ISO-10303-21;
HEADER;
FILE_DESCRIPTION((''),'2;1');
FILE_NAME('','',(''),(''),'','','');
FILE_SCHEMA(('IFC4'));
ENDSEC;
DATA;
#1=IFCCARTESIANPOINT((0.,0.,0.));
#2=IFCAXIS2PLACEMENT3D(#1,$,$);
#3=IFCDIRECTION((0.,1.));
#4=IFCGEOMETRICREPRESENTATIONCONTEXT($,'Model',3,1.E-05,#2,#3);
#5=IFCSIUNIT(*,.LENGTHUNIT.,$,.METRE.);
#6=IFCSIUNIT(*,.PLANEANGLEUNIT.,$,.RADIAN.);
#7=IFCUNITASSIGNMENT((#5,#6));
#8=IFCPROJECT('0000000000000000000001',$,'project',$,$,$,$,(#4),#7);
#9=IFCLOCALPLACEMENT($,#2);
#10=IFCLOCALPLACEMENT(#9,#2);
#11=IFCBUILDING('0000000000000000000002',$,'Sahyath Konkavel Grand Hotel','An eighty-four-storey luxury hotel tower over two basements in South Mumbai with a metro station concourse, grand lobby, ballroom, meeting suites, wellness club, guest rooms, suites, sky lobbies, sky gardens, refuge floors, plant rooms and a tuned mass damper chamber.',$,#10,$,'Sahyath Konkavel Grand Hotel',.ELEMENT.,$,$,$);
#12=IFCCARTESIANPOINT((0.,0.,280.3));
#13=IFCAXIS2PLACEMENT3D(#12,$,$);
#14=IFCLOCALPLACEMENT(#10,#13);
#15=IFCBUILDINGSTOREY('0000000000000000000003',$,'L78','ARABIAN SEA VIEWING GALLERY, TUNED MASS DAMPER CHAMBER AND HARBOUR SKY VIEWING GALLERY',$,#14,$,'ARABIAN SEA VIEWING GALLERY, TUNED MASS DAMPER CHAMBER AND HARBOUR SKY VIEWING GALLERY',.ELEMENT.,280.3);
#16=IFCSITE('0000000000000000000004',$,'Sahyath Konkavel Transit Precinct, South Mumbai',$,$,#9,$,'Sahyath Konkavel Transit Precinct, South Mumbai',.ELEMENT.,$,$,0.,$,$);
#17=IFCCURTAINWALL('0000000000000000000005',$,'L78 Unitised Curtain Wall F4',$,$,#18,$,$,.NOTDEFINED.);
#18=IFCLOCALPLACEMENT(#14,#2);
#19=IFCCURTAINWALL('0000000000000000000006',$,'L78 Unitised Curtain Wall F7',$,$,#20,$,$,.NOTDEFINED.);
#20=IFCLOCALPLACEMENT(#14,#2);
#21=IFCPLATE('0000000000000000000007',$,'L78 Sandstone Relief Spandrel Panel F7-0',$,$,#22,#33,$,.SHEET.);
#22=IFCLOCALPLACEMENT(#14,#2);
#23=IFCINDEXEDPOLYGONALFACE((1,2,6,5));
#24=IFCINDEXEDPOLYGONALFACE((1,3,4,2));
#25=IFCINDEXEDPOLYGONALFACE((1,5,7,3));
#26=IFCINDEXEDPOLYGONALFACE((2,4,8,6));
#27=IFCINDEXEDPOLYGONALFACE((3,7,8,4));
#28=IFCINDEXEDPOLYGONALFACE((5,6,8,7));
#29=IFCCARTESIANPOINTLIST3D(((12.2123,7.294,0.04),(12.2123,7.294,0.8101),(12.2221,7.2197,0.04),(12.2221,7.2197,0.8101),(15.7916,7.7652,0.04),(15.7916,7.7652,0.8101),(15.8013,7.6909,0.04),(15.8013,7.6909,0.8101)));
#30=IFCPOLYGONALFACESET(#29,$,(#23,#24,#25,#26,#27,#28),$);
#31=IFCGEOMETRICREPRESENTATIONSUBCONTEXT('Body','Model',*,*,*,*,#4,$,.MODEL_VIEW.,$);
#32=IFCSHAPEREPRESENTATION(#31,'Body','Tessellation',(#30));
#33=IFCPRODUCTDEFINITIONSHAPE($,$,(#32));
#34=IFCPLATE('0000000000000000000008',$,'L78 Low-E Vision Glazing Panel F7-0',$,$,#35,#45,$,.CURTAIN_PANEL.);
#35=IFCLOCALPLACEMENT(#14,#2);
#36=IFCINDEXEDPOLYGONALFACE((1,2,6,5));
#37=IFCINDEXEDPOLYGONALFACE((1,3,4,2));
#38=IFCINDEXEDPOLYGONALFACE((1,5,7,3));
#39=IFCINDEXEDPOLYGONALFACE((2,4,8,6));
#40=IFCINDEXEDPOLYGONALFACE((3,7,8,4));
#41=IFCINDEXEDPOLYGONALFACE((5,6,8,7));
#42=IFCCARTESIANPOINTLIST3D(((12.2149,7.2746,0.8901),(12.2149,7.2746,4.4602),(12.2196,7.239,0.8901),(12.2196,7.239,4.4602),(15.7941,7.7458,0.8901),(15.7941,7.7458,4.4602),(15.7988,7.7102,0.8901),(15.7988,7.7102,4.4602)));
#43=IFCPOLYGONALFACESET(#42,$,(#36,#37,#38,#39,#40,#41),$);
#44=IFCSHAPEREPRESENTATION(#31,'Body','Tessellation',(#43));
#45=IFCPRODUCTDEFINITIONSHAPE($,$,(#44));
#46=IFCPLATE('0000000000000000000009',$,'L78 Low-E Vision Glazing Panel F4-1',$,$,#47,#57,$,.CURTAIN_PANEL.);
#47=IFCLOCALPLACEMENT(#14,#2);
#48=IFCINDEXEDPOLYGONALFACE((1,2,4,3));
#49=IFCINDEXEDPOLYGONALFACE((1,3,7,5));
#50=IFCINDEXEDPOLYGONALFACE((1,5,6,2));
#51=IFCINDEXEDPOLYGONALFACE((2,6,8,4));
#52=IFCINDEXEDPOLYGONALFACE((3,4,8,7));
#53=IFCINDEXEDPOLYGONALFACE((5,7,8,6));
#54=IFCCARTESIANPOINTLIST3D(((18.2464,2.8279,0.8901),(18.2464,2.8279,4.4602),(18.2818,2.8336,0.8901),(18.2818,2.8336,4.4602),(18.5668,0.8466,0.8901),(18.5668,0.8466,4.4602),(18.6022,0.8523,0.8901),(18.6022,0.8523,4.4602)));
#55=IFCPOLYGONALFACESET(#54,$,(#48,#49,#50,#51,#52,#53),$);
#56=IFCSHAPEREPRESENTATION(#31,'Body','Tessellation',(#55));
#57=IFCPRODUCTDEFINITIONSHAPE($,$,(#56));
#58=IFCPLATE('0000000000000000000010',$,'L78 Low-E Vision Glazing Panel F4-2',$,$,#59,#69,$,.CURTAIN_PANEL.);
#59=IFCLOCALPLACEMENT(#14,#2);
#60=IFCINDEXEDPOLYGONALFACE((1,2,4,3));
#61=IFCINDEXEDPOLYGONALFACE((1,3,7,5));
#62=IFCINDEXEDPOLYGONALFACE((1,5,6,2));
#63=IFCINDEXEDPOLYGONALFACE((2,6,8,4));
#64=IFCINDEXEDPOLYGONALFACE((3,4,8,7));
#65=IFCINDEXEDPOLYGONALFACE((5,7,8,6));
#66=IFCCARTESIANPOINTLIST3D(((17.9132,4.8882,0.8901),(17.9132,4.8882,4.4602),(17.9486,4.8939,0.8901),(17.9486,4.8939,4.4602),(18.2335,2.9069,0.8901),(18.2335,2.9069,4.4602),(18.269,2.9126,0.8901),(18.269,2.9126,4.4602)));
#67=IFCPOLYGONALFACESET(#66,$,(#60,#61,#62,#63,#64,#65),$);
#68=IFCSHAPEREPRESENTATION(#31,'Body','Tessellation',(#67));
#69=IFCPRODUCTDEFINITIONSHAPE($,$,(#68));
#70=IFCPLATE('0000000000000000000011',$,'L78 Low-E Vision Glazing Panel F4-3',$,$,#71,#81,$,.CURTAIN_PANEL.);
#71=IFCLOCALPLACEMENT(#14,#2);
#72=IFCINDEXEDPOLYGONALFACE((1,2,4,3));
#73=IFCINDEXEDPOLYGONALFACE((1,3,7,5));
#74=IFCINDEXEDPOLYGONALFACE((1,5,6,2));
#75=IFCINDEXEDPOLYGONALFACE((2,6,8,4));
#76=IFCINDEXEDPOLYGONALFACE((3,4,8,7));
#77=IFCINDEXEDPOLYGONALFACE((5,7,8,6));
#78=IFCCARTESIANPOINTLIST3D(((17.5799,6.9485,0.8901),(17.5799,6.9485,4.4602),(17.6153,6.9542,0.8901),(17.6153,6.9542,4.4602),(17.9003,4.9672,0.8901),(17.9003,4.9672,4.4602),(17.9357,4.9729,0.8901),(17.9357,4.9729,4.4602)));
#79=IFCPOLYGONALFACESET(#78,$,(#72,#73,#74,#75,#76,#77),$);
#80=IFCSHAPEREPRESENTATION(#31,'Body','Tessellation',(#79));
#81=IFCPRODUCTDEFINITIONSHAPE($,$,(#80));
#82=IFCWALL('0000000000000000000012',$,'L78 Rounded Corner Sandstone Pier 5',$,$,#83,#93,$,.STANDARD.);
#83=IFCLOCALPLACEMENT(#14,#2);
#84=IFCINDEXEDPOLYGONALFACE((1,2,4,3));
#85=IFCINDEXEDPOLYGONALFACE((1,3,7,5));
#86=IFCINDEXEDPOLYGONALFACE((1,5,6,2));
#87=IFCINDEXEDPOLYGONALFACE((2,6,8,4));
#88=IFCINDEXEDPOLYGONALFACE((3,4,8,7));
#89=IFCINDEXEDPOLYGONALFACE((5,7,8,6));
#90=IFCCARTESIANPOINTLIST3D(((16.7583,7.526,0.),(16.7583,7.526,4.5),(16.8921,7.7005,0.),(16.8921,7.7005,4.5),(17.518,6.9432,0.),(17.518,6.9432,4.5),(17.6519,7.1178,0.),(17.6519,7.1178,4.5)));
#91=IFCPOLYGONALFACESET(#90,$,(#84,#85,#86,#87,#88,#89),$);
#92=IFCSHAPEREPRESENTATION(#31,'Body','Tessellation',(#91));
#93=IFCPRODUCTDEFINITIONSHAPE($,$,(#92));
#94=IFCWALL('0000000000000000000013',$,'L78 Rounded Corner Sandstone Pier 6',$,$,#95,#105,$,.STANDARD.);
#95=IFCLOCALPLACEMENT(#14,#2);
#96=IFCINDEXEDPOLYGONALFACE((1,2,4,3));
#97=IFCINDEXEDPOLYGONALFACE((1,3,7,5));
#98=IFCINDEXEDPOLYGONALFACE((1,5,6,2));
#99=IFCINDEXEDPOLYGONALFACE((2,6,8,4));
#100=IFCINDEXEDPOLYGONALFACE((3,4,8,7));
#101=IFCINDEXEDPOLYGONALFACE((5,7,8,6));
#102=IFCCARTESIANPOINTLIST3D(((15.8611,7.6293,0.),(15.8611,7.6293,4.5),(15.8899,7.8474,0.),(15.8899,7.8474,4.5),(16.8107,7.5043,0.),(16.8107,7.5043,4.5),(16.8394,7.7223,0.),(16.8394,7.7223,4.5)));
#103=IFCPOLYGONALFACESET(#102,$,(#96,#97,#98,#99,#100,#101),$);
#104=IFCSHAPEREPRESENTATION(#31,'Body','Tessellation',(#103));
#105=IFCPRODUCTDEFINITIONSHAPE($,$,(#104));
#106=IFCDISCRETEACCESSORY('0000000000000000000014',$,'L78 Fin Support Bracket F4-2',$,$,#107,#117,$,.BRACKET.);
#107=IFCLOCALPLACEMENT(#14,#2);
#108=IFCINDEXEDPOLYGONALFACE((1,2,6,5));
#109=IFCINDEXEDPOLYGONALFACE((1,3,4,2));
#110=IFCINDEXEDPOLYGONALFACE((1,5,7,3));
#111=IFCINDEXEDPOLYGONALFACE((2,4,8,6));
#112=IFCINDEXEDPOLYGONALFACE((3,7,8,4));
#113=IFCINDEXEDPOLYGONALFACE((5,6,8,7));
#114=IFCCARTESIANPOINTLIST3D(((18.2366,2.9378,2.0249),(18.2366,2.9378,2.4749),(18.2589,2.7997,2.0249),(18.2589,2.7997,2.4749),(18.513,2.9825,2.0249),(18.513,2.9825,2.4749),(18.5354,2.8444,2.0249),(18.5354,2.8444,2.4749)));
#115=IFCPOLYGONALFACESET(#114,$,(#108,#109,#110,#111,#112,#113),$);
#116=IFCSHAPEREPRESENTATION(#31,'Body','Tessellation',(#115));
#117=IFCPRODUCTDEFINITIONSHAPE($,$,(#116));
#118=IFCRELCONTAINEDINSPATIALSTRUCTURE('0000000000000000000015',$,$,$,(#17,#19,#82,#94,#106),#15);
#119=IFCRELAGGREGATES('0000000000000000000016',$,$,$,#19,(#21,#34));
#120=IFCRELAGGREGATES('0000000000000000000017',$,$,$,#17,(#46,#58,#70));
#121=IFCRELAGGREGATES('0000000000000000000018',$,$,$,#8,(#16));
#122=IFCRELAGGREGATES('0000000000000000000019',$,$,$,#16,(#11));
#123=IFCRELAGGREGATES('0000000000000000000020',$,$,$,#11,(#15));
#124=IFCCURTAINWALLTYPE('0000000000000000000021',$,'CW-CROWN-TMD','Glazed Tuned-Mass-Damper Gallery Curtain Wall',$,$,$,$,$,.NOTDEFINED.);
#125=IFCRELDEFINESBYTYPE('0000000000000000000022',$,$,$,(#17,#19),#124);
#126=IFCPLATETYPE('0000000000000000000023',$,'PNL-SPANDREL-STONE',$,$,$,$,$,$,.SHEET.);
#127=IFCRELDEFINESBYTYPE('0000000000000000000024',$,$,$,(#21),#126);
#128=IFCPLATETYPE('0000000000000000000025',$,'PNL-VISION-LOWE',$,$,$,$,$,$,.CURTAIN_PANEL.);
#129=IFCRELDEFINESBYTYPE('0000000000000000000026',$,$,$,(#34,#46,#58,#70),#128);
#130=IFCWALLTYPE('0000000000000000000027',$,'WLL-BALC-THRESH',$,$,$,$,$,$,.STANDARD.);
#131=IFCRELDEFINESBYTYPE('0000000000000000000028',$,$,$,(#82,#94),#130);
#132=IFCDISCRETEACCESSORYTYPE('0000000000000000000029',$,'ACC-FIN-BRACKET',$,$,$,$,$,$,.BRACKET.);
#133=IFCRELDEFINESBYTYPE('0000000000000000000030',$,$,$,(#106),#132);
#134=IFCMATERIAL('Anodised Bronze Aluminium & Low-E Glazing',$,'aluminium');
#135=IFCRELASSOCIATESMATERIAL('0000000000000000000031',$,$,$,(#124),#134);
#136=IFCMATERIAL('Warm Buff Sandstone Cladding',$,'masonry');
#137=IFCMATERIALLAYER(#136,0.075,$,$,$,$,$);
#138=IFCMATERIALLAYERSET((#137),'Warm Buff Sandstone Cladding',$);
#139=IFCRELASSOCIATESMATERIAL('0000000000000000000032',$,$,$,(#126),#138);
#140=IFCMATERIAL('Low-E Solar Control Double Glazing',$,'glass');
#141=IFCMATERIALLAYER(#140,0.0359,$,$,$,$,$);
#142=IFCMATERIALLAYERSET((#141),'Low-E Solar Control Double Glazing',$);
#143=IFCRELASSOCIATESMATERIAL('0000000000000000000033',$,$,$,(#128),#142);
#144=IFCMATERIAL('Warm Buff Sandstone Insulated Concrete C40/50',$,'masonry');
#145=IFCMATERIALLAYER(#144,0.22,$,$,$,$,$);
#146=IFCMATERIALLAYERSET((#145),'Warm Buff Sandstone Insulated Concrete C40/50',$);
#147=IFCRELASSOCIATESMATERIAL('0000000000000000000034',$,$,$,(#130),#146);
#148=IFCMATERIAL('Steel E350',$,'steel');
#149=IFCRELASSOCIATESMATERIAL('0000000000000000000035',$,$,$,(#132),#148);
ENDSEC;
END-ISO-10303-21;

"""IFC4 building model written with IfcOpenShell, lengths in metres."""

from ifc_helpers import new_model, si_unit, direction, frame, frame_2d, origin, origin_2d, place, context, subcontext, project, spatial, rectangle, extrude, source, transform, mapped, material, layer, layer_set, type_object, element, aggregate, save


model = new_model("IFC4")

# Units and contexts
model_context = context("Model", 3, precision=1e-05, world=origin(), true_north=direction((0.0, 1.0)))
body_context = subcontext(model_context, "Body", "Model", "MODEL_VIEW")
ifc_project = project(units=[si_unit("LENGTHUNIT", "METRE"), si_unit("PLANEANGLEUNIT", "RADIAN")], contexts=[model_context])

# Site, building, storey
site_placement = place(None, origin())
site = spatial("IfcSite", under=ifc_project, at=site_placement, Name="Sahyath Konkavel Transit Precinct, South Mumbai", LongName="Sahyath Konkavel Transit Precinct, South Mumbai", CompositionType="ELEMENT", RefElevation=0.0)
building_placement = place(site_placement, origin())
building = spatial("IfcBuilding", under=site, at=building_placement, Name="Sahyath Konkavel Grand Hotel", Description="An eighty-four-storey luxury hotel tower over two basements in South Mumbai with a metro station concourse, grand lobby, ballroom, meeting suites, wellness club, guest rooms, suites, sky lobbies, sky gardens, refuge floors, plant rooms and a tuned mass damper chamber.", LongName="Sahyath Konkavel Grand Hotel", CompositionType="ELEMENT")
storey_placement = place(building_placement, frame((0.0, 0.0, 280.3)))
storey = spatial("IfcBuildingStorey", under=building, at=storey_placement, Name="L78", Description="ARABIAN SEA VIEWING GALLERY, TUNED MASS DAMPER CHAMBER AND HARBOUR SKY VIEWING GALLERY", LongName="ARABIAN SEA VIEWING GALLERY, TUNED MASS DAMPER CHAMBER AND HARBOUR SKY VIEWING GALLERY", CompositionType="ELEMENT", Elevation=280.3)

# Shared definitions
ifc_material_1 = material(Name="Steel E350", Category="steel")

# Curtain wall
ifc_material_2 = material(Name="Anodised Bronze Aluminium & Low-E Glazing", Category="aluminium")
curtain_wall_type = type_object("IfcCurtainWallType", Name="CW-CROWN-TMD", Description="Glazed Tuned-Mass-Damper Gallery Curtain Wall", PredefinedType="NOTDEFINED", material=ifc_material_2)
curtain_wall_1_placement = place(storey_placement, origin())
curtain_wall_1 = element("IfcCurtainWall", 1, at=curtain_wall_1_placement, inside=storey, type_object=curtain_wall_type, Name="L78 Unitised Curtain Wall F4", PredefinedType="NOTDEFINED")

# Curtain wall
curtain_wall_2_placement = place(storey_placement, origin())
curtain_wall_2 = element("IfcCurtainWall", 2, at=curtain_wall_2_placement, inside=storey, type_object=curtain_wall_type, Name="L78 Unitised Curtain Wall F7", PredefinedType="NOTDEFINED")

# Plates
ifc_material_3 = material(Name="Warm Buff Sandstone Cladding", Category="masonry")
ifc_layer_1 = layer(ifc_material_3, 0.075)
ifc_layer_set_1 = layer_set([ifc_layer_1], Name="Warm Buff Sandstone Cladding")
plate_type_1 = type_object("IfcPlateType", Name="PNL-SPANDREL-STONE", PredefinedType="SHEET", material=ifc_layer_set_1)
shared_shape_1 = source(origin(), body_context, "Body", "SweptSolid", [
    extrude(rectangle(XDim=3.6101, YDim=0.075, at=origin_2d()), origin(), (0.0, 0.0, 1.0), 0.77),
])
plate_1_placement = place(storey_placement, frame((14.0068, 7.4924, 0.04), z_axis=(0.0, 0.0, 1.0), x_axis=(-0.991445, -0.130526, 0.0)))
plate_1 = element("IfcPlate", 3, at=plate_1_placement, type_object=plate_type_1, Name="L78 Sandstone Relief Spandrel Panel F7-0", PredefinedType="SHEET", context=body_context, shape_type="MappedRepresentation", body=[
    mapped(shared_shape_1, transform((0.0, 0.0, 0.0), scale=1.0)),
])
ifc_material_4 = material(Name="Low-E Solar Control Double Glazing", Category="glass")
ifc_layer_2 = layer(ifc_material_4, 0.0359)
ifc_layer_set_2 = layer_set([ifc_layer_2], Name="Low-E Solar Control Double Glazing")
plate_type_2 = type_object("IfcPlateType", Name="PNL-VISION-LOWE", PredefinedType="CURTAIN_PANEL", material=ifc_layer_set_2)
shared_shape_2 = source(origin(), body_context, "Body", "SweptSolid", [
    extrude(rectangle(XDim=3.6101, YDim=0.0359, at=origin_2d()), origin(), (0.0, 0.0, 1.0), 3.5701),
])
plate_2_placement = place(storey_placement, frame((14.0068, 7.4924, 0.8901), z_axis=(0.0, 0.0, 1.0), x_axis=(-0.991445, -0.130526, 0.0)))
plate_2 = element("IfcPlate", 4, at=plate_2_placement, type_object=plate_type_2, Name="L78 Low-E Vision Glazing Panel F7-0", PredefinedType="CURTAIN_PANEL", context=body_context, shape_type="MappedRepresentation", body=[
    mapped(shared_shape_2, transform((0.0, 0.0, 0.0), scale=1.0)),
])
aggregate(curtain_wall_2, [plate_1, plate_2])
shared_shape_3 = source(origin(), body_context, "Body", "SweptSolid", [
    extrude(rectangle(XDim=2.0071, YDim=0.0359, at=origin_2d()), origin(), (0.0, 0.0, 1.0), 3.5701),
])
plate_3_placement = place(storey_placement, frame((18.4243, 1.8401, 0.8901), z_axis=(0.0, 0.0, 1.0), x_axis=(-0.159623, 0.987178, 0.0)))
plate_3 = element("IfcPlate", 5, at=plate_3_placement, type_object=plate_type_2, Name="L78 Low-E Vision Glazing Panel F4-1", PredefinedType="CURTAIN_PANEL", context=body_context, shape_type="MappedRepresentation", body=[
    mapped(shared_shape_3, transform((0.0, 0.0, 0.0), scale=1.0)),
])
plate_4_placement = place(storey_placement, frame((18.0911, 3.9004, 0.8901), z_axis=(0.0, 0.0, 1.0), x_axis=(-0.159623, 0.987178, 0.0)))
plate_4 = element("IfcPlate", 6, at=plate_4_placement, type_object=plate_type_2, Name="L78 Low-E Vision Glazing Panel F4-2", PredefinedType="CURTAIN_PANEL", context=body_context, shape_type="MappedRepresentation", body=[
    mapped(shared_shape_3, transform((0.0, 0.0, 0.0), scale=1.0)),
])
plate_5_placement = place(storey_placement, frame((17.7578, 5.9607, 0.8901), z_axis=(0.0, 0.0, 1.0), x_axis=(-0.159623, 0.987178, 0.0)))
plate_5 = element("IfcPlate", 7, at=plate_5_placement, type_object=plate_type_2, Name="L78 Low-E Vision Glazing Panel F4-3", PredefinedType="CURTAIN_PANEL", context=body_context, shape_type="MappedRepresentation", body=[
    mapped(shared_shape_3, transform((0.0, 0.0, 0.0), scale=1.0)),
])
aggregate(curtain_wall_1, [plate_3, plate_4, plate_5])

# Walls
ifc_material_5 = material(Name="Warm Buff Sandstone Insulated Concrete C40/50", Category="masonry")
ifc_layer_3 = layer(ifc_material_5, 0.22)
ifc_layer_set_3 = layer_set([ifc_layer_3], Name="Warm Buff Sandstone Insulated Concrete C40/50")
wall_type = type_object("IfcWallType", Name="WLL-BALC-THRESH", PredefinedType="STANDARD", material=ifc_layer_set_3)
wall_1_placement = place(storey_placement, frame((17.585, 7.0305, 0.0), z_axis=(0.0, 0.0, 1.0), x_axis=(-0.793467, 0.608614, 0.0)))
element("IfcWall", 8, at=wall_1_placement, inside=storey, type_object=wall_type, Name="L78 Rounded Corner Sandstone Pier 5", PredefinedType="STANDARD", context=body_context, shape_type="SweptSolid", body=[
    extrude(rectangle(XDim=0.9575, YDim=0.22, at=frame_2d((0.4788, 0.0))), origin(), (0.0, 0.0, 1.0), 4.5),
])
wall_2_placement = place(storey_placement, frame((16.8252, 7.6133, 0.0), z_axis=(0.0, 0.0, 1.0), x_axis=(-0.991445, 0.130527, 0.0)))
element("IfcWall", 9, at=wall_2_placement, inside=storey, type_object=wall_type, Name="L78 Rounded Corner Sandstone Pier 6", PredefinedType="STANDARD", context=body_context, shape_type="SweptSolid", body=[
    extrude(rectangle(XDim=0.9578, YDim=0.22, at=frame_2d((0.479, 0.0))), origin(), (0.0, 0.0, 1.0), 4.5),
])

# Discrete accessory
discrete_accessory_type = type_object("IfcDiscreteAccessoryType", Name="ACC-FIN-BRACKET", PredefinedType="BRACKET", material=ifc_material_1)
shared_shape_4 = source(origin(), body_context, "Body", "SweptSolid", [
    extrude(rectangle(XDim=0.28, YDim=0.1399, at=origin_2d()), origin(), (0.0, 0.0, 1.0), 0.45),
])
discrete_accessory_placement = place(storey_placement, frame((18.386, 2.8911, 2.0249), z_axis=(0.0, 0.0, 1.0), x_axis=(0.987178, 0.159623, 0.0)))
element("IfcDiscreteAccessory", 10, at=discrete_accessory_placement, inside=storey, type_object=discrete_accessory_type, Name="L78 Fin Support Bracket F4-2", PredefinedType="BRACKET", context=body_context, shape_type="MappedRepresentation", body=[
    mapped(shared_shape_4, transform((0.0, 0.0, 0.0), scale=1.0)),
])

save(model, "model.ifc")
